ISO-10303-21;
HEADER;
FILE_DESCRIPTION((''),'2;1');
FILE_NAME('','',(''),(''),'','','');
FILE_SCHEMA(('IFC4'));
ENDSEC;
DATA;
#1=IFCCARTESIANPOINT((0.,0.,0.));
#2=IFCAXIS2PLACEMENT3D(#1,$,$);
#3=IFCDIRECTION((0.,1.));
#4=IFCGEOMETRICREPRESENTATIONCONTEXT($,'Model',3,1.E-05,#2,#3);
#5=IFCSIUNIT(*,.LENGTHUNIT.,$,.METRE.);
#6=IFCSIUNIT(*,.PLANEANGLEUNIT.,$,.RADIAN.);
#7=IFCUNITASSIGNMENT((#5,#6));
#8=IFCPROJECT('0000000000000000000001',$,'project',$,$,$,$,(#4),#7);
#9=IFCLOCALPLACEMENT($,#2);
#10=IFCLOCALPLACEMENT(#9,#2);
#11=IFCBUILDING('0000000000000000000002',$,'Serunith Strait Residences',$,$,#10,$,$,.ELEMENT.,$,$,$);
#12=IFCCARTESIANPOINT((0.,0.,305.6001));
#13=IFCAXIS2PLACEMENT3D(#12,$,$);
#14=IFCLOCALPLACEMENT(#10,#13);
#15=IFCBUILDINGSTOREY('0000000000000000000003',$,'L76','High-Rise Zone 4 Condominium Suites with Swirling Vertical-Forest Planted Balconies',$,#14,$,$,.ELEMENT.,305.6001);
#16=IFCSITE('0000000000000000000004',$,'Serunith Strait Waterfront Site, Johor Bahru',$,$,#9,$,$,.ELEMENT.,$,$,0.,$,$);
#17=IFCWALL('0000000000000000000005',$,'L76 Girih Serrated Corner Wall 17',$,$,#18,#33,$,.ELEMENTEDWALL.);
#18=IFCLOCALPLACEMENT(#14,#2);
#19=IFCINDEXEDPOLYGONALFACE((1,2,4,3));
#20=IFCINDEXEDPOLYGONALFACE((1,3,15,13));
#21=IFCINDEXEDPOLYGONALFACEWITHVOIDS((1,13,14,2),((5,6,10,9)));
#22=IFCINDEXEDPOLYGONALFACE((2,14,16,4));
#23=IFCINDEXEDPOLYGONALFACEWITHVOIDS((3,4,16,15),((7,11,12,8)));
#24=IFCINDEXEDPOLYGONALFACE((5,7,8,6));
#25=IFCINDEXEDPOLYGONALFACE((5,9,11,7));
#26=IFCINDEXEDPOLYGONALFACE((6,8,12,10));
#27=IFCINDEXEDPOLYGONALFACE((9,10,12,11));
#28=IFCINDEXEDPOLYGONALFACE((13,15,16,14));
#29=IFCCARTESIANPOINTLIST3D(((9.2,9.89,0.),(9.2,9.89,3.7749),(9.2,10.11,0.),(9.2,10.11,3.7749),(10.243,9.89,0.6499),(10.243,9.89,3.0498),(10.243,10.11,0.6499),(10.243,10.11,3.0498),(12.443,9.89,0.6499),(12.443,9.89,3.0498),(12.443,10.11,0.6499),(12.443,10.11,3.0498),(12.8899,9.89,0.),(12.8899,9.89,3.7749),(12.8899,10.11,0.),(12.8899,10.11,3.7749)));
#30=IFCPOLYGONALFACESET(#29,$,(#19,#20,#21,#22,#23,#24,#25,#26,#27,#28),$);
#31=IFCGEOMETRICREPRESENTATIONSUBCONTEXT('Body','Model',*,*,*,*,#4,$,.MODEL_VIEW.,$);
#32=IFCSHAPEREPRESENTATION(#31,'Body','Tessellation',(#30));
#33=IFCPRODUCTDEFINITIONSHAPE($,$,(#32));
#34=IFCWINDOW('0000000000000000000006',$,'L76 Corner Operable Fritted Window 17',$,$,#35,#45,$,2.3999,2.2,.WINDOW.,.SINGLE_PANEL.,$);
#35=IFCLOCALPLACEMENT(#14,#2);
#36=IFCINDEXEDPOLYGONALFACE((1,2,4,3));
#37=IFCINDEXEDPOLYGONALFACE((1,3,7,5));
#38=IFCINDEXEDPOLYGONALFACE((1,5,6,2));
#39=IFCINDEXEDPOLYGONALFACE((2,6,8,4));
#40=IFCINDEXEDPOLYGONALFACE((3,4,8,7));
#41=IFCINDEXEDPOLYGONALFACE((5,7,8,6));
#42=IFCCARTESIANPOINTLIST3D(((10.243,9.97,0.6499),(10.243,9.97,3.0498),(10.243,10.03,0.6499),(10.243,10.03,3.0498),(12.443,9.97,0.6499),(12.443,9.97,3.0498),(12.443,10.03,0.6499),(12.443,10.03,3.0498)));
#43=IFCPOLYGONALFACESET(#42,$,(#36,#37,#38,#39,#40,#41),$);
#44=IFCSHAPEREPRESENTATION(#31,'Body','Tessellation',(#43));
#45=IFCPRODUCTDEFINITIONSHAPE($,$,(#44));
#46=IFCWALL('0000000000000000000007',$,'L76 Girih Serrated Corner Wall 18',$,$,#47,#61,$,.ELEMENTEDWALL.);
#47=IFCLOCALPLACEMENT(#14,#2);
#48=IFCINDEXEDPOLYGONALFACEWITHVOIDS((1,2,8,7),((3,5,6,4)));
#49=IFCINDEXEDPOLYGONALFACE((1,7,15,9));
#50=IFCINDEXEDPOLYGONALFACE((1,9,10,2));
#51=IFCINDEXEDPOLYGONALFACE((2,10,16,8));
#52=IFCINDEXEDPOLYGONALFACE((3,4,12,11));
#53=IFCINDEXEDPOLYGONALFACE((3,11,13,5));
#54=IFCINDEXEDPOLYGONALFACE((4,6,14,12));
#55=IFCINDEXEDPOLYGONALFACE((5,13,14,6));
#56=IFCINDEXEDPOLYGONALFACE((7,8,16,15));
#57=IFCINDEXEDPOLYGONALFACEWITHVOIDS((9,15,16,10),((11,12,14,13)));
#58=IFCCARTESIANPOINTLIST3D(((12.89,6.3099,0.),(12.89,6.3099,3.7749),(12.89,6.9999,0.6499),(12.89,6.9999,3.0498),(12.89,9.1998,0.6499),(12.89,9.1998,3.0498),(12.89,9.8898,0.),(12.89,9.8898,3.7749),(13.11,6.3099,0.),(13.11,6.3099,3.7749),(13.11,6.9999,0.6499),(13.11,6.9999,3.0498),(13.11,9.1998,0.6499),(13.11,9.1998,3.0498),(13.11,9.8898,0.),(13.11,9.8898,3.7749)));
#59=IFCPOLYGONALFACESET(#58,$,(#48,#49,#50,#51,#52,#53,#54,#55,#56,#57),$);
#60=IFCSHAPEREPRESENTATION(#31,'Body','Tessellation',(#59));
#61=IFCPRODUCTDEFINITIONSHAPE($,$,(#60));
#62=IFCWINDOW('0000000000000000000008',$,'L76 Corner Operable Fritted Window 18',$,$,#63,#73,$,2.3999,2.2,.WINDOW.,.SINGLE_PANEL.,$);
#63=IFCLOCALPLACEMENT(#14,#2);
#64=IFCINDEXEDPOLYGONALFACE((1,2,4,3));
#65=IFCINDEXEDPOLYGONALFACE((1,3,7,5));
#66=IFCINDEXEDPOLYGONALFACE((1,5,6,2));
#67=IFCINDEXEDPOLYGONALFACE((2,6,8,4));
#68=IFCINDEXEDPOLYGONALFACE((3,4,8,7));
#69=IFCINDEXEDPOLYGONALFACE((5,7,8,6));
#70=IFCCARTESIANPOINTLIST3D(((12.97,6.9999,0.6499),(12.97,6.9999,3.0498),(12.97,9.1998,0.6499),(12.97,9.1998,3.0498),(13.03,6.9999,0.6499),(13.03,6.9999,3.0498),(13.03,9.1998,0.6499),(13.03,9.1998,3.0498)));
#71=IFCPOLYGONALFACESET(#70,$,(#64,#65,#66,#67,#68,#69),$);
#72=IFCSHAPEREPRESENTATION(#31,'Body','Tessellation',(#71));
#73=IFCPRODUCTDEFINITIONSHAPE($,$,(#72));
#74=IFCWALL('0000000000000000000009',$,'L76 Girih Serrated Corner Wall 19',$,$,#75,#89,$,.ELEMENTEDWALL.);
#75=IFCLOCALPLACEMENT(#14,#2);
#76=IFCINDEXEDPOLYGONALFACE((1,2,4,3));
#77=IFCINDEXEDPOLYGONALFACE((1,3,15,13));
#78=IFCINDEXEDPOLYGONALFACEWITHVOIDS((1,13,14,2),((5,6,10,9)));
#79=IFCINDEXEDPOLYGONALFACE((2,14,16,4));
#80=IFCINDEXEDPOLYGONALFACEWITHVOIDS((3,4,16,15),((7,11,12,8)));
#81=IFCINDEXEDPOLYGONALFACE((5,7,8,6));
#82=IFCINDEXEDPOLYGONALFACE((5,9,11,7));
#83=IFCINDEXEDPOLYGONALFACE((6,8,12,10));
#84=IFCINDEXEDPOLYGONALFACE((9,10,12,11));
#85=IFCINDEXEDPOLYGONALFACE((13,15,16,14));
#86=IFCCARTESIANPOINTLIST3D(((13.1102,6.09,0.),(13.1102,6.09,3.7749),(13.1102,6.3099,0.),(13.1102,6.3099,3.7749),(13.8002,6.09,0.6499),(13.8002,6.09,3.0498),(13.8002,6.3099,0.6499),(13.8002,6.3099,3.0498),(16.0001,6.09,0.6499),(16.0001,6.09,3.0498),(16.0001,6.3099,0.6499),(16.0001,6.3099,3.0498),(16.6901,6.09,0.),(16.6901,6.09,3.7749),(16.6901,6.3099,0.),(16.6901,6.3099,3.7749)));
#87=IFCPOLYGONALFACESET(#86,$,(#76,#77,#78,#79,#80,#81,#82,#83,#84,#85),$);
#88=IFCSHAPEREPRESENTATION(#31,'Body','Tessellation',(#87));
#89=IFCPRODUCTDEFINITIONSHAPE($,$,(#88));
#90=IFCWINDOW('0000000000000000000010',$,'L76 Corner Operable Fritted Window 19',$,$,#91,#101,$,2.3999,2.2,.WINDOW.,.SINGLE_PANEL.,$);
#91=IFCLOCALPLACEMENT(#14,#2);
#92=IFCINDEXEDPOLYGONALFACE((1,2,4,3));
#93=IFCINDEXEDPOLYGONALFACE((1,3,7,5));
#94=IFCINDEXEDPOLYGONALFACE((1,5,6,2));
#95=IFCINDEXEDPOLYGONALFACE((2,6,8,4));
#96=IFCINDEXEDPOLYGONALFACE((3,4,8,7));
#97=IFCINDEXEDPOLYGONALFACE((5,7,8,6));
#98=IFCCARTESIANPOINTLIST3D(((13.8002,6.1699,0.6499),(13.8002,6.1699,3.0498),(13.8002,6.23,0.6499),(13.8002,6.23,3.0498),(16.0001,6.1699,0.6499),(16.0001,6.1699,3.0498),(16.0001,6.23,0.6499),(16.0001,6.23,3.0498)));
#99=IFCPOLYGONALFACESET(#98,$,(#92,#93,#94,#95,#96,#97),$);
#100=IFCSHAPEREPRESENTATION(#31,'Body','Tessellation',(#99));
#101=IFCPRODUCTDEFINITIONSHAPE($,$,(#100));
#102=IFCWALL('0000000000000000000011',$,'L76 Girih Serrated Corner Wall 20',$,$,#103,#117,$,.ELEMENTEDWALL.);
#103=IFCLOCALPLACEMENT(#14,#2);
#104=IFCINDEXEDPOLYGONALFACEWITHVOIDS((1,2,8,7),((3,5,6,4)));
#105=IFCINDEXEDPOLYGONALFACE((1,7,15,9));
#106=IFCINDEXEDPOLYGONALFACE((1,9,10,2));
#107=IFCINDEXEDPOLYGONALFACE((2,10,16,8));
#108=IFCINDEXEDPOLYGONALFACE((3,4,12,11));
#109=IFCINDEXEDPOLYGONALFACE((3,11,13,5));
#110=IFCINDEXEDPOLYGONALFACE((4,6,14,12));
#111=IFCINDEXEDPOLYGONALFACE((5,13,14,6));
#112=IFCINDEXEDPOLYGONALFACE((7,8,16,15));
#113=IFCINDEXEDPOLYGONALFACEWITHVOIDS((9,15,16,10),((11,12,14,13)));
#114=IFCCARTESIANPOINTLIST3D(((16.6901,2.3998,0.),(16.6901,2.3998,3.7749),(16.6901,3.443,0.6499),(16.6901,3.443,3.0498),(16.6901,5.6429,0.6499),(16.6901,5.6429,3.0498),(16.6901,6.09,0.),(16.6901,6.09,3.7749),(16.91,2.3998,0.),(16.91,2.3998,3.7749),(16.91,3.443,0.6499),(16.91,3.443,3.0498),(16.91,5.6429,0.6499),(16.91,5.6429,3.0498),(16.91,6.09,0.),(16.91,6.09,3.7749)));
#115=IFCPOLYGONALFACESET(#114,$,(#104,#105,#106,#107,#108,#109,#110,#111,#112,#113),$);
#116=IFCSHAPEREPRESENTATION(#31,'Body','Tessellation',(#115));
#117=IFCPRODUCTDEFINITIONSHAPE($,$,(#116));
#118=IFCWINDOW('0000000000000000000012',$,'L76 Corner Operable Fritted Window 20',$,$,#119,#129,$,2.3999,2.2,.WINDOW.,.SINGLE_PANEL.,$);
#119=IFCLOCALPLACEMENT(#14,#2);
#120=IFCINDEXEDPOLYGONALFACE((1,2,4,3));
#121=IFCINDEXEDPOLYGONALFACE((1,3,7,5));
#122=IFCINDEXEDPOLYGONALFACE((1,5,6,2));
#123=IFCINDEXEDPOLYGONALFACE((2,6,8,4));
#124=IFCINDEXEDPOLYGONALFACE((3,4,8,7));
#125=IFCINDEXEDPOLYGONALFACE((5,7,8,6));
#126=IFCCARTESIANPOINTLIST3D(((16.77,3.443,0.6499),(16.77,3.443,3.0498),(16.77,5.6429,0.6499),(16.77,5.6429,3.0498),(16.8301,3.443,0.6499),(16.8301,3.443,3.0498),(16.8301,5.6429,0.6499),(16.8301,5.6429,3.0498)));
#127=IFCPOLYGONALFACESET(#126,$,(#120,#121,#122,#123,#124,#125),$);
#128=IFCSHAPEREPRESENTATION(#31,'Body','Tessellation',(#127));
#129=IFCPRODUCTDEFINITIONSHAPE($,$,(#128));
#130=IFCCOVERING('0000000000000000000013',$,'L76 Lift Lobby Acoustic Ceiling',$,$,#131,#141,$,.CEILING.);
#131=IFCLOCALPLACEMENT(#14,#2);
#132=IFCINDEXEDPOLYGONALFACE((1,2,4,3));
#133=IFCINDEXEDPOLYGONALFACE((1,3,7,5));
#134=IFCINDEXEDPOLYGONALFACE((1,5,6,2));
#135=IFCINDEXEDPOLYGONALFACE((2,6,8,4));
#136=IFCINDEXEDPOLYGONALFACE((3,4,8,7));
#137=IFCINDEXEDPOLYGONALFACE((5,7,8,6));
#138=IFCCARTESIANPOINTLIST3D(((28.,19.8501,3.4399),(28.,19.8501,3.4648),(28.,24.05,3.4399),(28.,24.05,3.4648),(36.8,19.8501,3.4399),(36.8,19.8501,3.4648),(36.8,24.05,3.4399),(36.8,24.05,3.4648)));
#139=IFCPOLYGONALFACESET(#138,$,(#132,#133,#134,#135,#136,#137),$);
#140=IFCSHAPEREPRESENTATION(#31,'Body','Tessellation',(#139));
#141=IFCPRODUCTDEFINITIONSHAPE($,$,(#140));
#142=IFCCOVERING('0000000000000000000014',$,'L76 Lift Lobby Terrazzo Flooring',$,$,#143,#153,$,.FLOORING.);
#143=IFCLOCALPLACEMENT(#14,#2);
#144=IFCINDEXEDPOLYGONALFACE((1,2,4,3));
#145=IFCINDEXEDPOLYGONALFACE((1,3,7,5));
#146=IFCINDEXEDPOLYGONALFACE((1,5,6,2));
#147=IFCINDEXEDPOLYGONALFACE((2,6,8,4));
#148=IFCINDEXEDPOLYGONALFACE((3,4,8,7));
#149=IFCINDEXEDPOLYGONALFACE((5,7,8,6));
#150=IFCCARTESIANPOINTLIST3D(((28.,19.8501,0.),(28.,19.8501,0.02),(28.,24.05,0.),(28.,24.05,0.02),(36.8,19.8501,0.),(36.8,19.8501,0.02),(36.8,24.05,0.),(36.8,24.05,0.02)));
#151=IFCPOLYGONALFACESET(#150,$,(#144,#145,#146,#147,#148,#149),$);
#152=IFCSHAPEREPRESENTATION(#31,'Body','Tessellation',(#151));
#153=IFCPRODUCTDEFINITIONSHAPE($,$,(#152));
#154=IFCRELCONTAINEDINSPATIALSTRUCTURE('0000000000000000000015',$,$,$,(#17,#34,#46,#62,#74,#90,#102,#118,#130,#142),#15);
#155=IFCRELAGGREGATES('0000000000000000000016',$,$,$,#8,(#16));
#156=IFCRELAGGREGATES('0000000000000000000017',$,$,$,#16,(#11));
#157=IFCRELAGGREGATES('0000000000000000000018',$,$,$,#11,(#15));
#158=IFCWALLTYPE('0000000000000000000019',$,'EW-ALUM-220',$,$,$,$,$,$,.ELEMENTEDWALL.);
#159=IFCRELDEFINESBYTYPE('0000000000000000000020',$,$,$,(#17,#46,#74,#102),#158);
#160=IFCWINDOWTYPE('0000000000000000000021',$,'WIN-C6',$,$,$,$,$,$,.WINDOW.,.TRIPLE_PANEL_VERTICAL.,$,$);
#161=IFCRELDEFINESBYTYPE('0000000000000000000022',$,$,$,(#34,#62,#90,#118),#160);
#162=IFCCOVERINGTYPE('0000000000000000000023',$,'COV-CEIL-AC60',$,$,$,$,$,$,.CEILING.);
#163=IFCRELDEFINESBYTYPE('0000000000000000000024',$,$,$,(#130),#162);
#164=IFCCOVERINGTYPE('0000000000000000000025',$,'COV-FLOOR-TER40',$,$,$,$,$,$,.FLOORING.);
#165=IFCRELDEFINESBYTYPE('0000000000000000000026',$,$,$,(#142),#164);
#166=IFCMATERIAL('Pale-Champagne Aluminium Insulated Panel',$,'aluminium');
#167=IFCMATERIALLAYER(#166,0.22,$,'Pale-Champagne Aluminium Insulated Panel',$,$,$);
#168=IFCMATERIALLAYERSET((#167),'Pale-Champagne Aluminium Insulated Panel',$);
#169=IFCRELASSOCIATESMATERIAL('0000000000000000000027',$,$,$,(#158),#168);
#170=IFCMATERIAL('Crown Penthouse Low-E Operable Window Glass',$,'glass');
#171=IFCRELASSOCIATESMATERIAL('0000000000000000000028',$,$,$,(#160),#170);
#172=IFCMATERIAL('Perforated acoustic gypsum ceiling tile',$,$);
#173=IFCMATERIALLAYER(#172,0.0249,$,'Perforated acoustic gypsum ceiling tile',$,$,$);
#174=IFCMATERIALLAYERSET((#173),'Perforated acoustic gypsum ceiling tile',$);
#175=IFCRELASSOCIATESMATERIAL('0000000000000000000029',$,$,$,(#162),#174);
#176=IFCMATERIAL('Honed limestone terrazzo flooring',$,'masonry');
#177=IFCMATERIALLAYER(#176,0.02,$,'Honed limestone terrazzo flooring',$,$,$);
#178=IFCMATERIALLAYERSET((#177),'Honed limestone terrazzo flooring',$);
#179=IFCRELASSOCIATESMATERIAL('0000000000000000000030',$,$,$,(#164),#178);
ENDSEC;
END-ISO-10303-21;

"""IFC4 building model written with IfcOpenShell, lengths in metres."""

from ifc_helpers import new_model, si_unit, direction, frame, frame_2d, origin, place, context, subcontext, project, spatial, polyline, rectangle, outline, extrude, source, transform, mapped, material, layer, layer_set, type_object, element, fill, save


model = new_model("IFC4")

# Units and contexts
model_context = context("Model", 3, precision=1e-05, world=origin(), true_north=direction((0.0, 1.0)))
body_context = subcontext(model_context, "Body", "Model", "MODEL_VIEW")
ifc_project = project(units=[si_unit("LENGTHUNIT", "METRE"), si_unit("PLANEANGLEUNIT", "RADIAN")], contexts=[model_context])

# Site, building, storey
site_placement = place(None, origin())
site = spatial("IfcSite", under=ifc_project, at=site_placement, Name="Serunith Strait Waterfront Site, Johor Bahru", CompositionType="ELEMENT", RefElevation=0.0)
building_placement = place(site_placement, origin())
building = spatial("IfcBuilding", under=site, at=building_placement, Name="Serunith Strait Residences", CompositionType="ELEMENT")
storey_placement = place(building_placement, frame((0.0, 0.0, 305.6001)))
storey = spatial("IfcBuildingStorey", under=building, at=storey_placement, Name="L76", Description="High-Rise Zone 4 Condominium Suites with Swirling Vertical-Forest Planted Balconies", CompositionType="ELEMENT", Elevation=305.6001)

# Walls, openings, windows
ifc_material_1 = material(Name="Pale-Champagne Aluminium Insulated Panel", Category="aluminium")
ifc_layer_1 = layer(ifc_material_1, 0.22, Name="Pale-Champagne Aluminium Insulated Panel")
ifc_layer_set_1 = layer_set([ifc_layer_1], Name="Pale-Champagne Aluminium Insulated Panel")
wall_type = type_object("IfcWallType", Name="EW-ALUM-220", PredefinedType="ELEMENTEDWALL", material=ifc_layer_set_1)
wall_1_placement = place(storey_placement, frame((9.2, 10.0, 0.0), z_axis=(0.0, 0.0, 1.0), x_axis=(1.0, 0.0, 0.0)))
wall_1 = element("IfcWall", 1, at=wall_1_placement, inside=storey, type_object=wall_type, Name="L76 Girih Serrated Corner Wall 17", PredefinedType="ELEMENTEDWALL", context=body_context, shape_type="SweptSolid", body=[
    extrude(rectangle(XDim=3.6899, YDim=0.22, at=frame_2d((1.845, 0.0))), origin(), (0.0, 0.0, 1.0), 3.7749),
])
opening_1_placement = place(wall_1_placement, frame((1.043, 0.0, 0.6499)))
opening_1 = element("IfcOpeningElement", 2, at=opening_1_placement, cuts=wall_1, PredefinedType="OPENING", context=body_context, shape_type="SweptSolid", body=[
    extrude(rectangle(XDim=2.2, YDim=2.3999, at=frame_2d((1.1001, 1.2))), frame((0.0, 0.1201, 0.0), z_axis=(0.0, -1.0, 0.0), x_axis=(1.0, 0.0, 0.0)), (0.0, 0.0, 1.0), 0.24),
])
ifc_material_2 = material(Name="Crown Penthouse Low-E Operable Window Glass", Category="glass")
window_type = type_object("IfcWindowType", Name="WIN-C6", PartitioningType="TRIPLE_PANEL_VERTICAL", PredefinedType="WINDOW", material=ifc_material_2)
shared_shape_1 = source(origin(), body_context, "Body", "SweptSolid", [
    extrude(rectangle(XDim=2.2, YDim=2.3999, at=frame_2d((1.1001, 1.2))), frame((0.0, 0.03, 0.0), z_axis=(0.0, -1.0, 0.0), x_axis=(1.0, 0.0, 0.0)), (0.0, 0.0, 1.0), 0.0601),
])
window_1_placement = place(opening_1_placement, origin())
window_1 = element("IfcWindow", 3, at=window_1_placement, inside=storey, type_object=window_type, Name="L76 Corner Operable Fritted Window 17", OverallHeight=2.3999, OverallWidth=2.2, PartitioningType="SINGLE_PANEL", PredefinedType="WINDOW", context=body_context, shape_type="MappedRepresentation", body=[
    mapped(shared_shape_1, transform((0.0, 0.0, 0.0), scale=1.0)),
])
fill(opening_1, window_1)
wall_2_placement = place(storey_placement, frame((13.0, 9.8899, 0.0), z_axis=(0.0, 0.0, 1.0), x_axis=(0.0, -1.0, 0.0)))
wall_2 = element("IfcWall", 4, at=wall_2_placement, inside=storey, type_object=wall_type, Name="L76 Girih Serrated Corner Wall 18", PredefinedType="ELEMENTEDWALL", context=body_context, shape_type="SweptSolid", body=[
    extrude(rectangle(XDim=3.5798, YDim=0.22, at=frame_2d((1.79, 0.0))), origin(), (0.0, 0.0, 1.0), 3.7749),
])
opening_2_placement = place(wall_2_placement, frame((0.6899, 0.0, 0.6499)))
opening_2 = element("IfcOpeningElement", 5, at=opening_2_placement, cuts=wall_2, PredefinedType="OPENING", context=body_context, shape_type="SweptSolid", body=[
    extrude(rectangle(XDim=2.2, YDim=2.3999, at=frame_2d((1.1001, 1.2))), frame((0.0, 0.1201, 0.0), z_axis=(0.0, -1.0, 0.0), x_axis=(1.0, 0.0, 0.0)), (0.0, 0.0, 1.0), 0.24),
])
window_2_placement = place(opening_2_placement, origin())
window_2 = element("IfcWindow", 6, at=window_2_placement, inside=storey, type_object=window_type, Name="L76 Corner Operable Fritted Window 18", OverallHeight=2.3999, OverallWidth=2.2, PartitioningType="SINGLE_PANEL", PredefinedType="WINDOW", context=body_context, shape_type="MappedRepresentation", body=[
    mapped(shared_shape_1, transform((0.0, 0.0, 0.0), scale=1.0)),
])
fill(opening_2, window_2)
wall_3_placement = place(storey_placement, frame((13.1101, 6.2, 0.0), z_axis=(0.0, 0.0, 1.0), x_axis=(1.0, 0.0, 0.0)))
wall_3 = element("IfcWall", 7, at=wall_3_placement, inside=storey, type_object=wall_type, Name="L76 Girih Serrated Corner Wall 19", PredefinedType="ELEMENTEDWALL", context=body_context, shape_type="SweptSolid", body=[
    extrude(rectangle(XDim=3.5798, YDim=0.22, at=frame_2d((1.79, 0.0))), origin(), (0.0, 0.0, 1.0), 3.7749),
])
opening_3_placement = place(wall_3_placement, frame((0.6899, 0.0, 0.6499)))
opening_3 = element("IfcOpeningElement", 8, at=opening_3_placement, cuts=wall_3, PredefinedType="OPENING", context=body_context, shape_type="SweptSolid", body=[
    extrude(rectangle(XDim=2.2, YDim=2.3999, at=frame_2d((1.1001, 1.2))), frame((0.0, 0.1201, 0.0), z_axis=(0.0, -1.0, 0.0), x_axis=(1.0, 0.0, 0.0)), (0.0, 0.0, 1.0), 0.24),
])
window_3_placement = place(opening_3_placement, origin())
window_3 = element("IfcWindow", 9, at=window_3_placement, inside=storey, type_object=window_type, Name="L76 Corner Operable Fritted Window 19", OverallHeight=2.3999, OverallWidth=2.2, PartitioningType="SINGLE_PANEL", PredefinedType="WINDOW", context=body_context, shape_type="MappedRepresentation", body=[
    mapped(shared_shape_1, transform((0.0, 0.0, 0.0), scale=1.0)),
])
fill(opening_3, window_3)
wall_4_placement = place(storey_placement, frame((16.8, 6.0901, 0.0), z_axis=(0.0, 0.0, 1.0), x_axis=(0.0, -1.0, 0.0)))
wall_4 = element("IfcWall", 10, at=wall_4_placement, inside=storey, type_object=wall_type, Name="L76 Girih Serrated Corner Wall 20", PredefinedType="ELEMENTEDWALL", context=body_context, shape_type="SweptSolid", body=[
    extrude(rectangle(XDim=3.6902, YDim=0.22, at=frame_2d((1.8452, 0.0))), origin(), (0.0, 0.0, 1.0), 3.7749),
])
opening_4_placement = place(wall_4_placement, frame((0.447, 0.0, 0.6499)))
opening_4 = element("IfcOpeningElement", 11, at=opening_4_placement, cuts=wall_4, PredefinedType="OPENING", context=body_context, shape_type="SweptSolid", body=[
    extrude(rectangle(XDim=2.2, YDim=2.3999, at=frame_2d((1.1001, 1.2))), frame((0.0, 0.1201, 0.0), z_axis=(0.0, -1.0, 0.0), x_axis=(1.0, 0.0, 0.0)), (0.0, 0.0, 1.0), 0.24),
])
window_4_placement = place(opening_4_placement, origin())
window_4 = element("IfcWindow", 12, at=window_4_placement, inside=storey, type_object=window_type, Name="L76 Corner Operable Fritted Window 20", OverallHeight=2.3999, OverallWidth=2.2, PartitioningType="SINGLE_PANEL", PredefinedType="WINDOW", context=body_context, shape_type="MappedRepresentation", body=[
    mapped(shared_shape_1, transform((0.0, 0.0, 0.0), scale=1.0)),
])
fill(opening_4, window_4)

# Coverings
ifc_material_3 = material(Name="Perforated acoustic gypsum ceiling tile")
ifc_layer_2 = layer(ifc_material_3, 0.0249, Name="Perforated acoustic gypsum ceiling tile")
ifc_layer_set_2 = layer_set([ifc_layer_2], Name="Perforated acoustic gypsum ceiling tile")
covering_type_1 = type_object("IfcCoveringType", Name="COV-CEIL-AC60", PredefinedType="CEILING", material=ifc_layer_set_2)
covering_1_placement = place(storey_placement, frame((0.0, 0.0, 3.4399)))
element("IfcCovering", 13, at=covering_1_placement, inside=storey, type_object=covering_type_1, Name="L76 Lift Lobby Acoustic Ceiling", PredefinedType="CEILING", context=body_context, shape_type="SweptSolid", body=[
    extrude(outline(polyline([(28.0, 19.8501), (36.8, 19.8501), (36.8, 24.05), (28.0, 24.05), (28.0, 19.8501)])), origin(), (0.0, 0.0, 1.0), 0.0249),
])
ifc_material_4 = material(Name="Honed limestone terrazzo flooring", Category="masonry")
ifc_layer_3 = layer(ifc_material_4, 0.02, Name="Honed limestone terrazzo flooring")
ifc_layer_set_3 = layer_set([ifc_layer_3], Name="Honed limestone terrazzo flooring")
covering_type_2 = type_object("IfcCoveringType", Name="COV-FLOOR-TER40", PredefinedType="FLOORING", material=ifc_layer_set_3)
covering_2_placement = place(storey_placement, origin())
element("IfcCovering", 14, at=covering_2_placement, inside=storey, type_object=covering_type_2, Name="L76 Lift Lobby Terrazzo Flooring", PredefinedType="FLOORING", context=body_context, shape_type="SweptSolid", body=[
    extrude(outline(polyline([(28.0, 19.8501), (36.8, 19.8501), (36.8, 24.05), (28.0, 24.05), (28.0, 19.8501)])), origin(), (0.0, 0.0, 1.0), 0.02),
])

save(model, "model.ifc")
